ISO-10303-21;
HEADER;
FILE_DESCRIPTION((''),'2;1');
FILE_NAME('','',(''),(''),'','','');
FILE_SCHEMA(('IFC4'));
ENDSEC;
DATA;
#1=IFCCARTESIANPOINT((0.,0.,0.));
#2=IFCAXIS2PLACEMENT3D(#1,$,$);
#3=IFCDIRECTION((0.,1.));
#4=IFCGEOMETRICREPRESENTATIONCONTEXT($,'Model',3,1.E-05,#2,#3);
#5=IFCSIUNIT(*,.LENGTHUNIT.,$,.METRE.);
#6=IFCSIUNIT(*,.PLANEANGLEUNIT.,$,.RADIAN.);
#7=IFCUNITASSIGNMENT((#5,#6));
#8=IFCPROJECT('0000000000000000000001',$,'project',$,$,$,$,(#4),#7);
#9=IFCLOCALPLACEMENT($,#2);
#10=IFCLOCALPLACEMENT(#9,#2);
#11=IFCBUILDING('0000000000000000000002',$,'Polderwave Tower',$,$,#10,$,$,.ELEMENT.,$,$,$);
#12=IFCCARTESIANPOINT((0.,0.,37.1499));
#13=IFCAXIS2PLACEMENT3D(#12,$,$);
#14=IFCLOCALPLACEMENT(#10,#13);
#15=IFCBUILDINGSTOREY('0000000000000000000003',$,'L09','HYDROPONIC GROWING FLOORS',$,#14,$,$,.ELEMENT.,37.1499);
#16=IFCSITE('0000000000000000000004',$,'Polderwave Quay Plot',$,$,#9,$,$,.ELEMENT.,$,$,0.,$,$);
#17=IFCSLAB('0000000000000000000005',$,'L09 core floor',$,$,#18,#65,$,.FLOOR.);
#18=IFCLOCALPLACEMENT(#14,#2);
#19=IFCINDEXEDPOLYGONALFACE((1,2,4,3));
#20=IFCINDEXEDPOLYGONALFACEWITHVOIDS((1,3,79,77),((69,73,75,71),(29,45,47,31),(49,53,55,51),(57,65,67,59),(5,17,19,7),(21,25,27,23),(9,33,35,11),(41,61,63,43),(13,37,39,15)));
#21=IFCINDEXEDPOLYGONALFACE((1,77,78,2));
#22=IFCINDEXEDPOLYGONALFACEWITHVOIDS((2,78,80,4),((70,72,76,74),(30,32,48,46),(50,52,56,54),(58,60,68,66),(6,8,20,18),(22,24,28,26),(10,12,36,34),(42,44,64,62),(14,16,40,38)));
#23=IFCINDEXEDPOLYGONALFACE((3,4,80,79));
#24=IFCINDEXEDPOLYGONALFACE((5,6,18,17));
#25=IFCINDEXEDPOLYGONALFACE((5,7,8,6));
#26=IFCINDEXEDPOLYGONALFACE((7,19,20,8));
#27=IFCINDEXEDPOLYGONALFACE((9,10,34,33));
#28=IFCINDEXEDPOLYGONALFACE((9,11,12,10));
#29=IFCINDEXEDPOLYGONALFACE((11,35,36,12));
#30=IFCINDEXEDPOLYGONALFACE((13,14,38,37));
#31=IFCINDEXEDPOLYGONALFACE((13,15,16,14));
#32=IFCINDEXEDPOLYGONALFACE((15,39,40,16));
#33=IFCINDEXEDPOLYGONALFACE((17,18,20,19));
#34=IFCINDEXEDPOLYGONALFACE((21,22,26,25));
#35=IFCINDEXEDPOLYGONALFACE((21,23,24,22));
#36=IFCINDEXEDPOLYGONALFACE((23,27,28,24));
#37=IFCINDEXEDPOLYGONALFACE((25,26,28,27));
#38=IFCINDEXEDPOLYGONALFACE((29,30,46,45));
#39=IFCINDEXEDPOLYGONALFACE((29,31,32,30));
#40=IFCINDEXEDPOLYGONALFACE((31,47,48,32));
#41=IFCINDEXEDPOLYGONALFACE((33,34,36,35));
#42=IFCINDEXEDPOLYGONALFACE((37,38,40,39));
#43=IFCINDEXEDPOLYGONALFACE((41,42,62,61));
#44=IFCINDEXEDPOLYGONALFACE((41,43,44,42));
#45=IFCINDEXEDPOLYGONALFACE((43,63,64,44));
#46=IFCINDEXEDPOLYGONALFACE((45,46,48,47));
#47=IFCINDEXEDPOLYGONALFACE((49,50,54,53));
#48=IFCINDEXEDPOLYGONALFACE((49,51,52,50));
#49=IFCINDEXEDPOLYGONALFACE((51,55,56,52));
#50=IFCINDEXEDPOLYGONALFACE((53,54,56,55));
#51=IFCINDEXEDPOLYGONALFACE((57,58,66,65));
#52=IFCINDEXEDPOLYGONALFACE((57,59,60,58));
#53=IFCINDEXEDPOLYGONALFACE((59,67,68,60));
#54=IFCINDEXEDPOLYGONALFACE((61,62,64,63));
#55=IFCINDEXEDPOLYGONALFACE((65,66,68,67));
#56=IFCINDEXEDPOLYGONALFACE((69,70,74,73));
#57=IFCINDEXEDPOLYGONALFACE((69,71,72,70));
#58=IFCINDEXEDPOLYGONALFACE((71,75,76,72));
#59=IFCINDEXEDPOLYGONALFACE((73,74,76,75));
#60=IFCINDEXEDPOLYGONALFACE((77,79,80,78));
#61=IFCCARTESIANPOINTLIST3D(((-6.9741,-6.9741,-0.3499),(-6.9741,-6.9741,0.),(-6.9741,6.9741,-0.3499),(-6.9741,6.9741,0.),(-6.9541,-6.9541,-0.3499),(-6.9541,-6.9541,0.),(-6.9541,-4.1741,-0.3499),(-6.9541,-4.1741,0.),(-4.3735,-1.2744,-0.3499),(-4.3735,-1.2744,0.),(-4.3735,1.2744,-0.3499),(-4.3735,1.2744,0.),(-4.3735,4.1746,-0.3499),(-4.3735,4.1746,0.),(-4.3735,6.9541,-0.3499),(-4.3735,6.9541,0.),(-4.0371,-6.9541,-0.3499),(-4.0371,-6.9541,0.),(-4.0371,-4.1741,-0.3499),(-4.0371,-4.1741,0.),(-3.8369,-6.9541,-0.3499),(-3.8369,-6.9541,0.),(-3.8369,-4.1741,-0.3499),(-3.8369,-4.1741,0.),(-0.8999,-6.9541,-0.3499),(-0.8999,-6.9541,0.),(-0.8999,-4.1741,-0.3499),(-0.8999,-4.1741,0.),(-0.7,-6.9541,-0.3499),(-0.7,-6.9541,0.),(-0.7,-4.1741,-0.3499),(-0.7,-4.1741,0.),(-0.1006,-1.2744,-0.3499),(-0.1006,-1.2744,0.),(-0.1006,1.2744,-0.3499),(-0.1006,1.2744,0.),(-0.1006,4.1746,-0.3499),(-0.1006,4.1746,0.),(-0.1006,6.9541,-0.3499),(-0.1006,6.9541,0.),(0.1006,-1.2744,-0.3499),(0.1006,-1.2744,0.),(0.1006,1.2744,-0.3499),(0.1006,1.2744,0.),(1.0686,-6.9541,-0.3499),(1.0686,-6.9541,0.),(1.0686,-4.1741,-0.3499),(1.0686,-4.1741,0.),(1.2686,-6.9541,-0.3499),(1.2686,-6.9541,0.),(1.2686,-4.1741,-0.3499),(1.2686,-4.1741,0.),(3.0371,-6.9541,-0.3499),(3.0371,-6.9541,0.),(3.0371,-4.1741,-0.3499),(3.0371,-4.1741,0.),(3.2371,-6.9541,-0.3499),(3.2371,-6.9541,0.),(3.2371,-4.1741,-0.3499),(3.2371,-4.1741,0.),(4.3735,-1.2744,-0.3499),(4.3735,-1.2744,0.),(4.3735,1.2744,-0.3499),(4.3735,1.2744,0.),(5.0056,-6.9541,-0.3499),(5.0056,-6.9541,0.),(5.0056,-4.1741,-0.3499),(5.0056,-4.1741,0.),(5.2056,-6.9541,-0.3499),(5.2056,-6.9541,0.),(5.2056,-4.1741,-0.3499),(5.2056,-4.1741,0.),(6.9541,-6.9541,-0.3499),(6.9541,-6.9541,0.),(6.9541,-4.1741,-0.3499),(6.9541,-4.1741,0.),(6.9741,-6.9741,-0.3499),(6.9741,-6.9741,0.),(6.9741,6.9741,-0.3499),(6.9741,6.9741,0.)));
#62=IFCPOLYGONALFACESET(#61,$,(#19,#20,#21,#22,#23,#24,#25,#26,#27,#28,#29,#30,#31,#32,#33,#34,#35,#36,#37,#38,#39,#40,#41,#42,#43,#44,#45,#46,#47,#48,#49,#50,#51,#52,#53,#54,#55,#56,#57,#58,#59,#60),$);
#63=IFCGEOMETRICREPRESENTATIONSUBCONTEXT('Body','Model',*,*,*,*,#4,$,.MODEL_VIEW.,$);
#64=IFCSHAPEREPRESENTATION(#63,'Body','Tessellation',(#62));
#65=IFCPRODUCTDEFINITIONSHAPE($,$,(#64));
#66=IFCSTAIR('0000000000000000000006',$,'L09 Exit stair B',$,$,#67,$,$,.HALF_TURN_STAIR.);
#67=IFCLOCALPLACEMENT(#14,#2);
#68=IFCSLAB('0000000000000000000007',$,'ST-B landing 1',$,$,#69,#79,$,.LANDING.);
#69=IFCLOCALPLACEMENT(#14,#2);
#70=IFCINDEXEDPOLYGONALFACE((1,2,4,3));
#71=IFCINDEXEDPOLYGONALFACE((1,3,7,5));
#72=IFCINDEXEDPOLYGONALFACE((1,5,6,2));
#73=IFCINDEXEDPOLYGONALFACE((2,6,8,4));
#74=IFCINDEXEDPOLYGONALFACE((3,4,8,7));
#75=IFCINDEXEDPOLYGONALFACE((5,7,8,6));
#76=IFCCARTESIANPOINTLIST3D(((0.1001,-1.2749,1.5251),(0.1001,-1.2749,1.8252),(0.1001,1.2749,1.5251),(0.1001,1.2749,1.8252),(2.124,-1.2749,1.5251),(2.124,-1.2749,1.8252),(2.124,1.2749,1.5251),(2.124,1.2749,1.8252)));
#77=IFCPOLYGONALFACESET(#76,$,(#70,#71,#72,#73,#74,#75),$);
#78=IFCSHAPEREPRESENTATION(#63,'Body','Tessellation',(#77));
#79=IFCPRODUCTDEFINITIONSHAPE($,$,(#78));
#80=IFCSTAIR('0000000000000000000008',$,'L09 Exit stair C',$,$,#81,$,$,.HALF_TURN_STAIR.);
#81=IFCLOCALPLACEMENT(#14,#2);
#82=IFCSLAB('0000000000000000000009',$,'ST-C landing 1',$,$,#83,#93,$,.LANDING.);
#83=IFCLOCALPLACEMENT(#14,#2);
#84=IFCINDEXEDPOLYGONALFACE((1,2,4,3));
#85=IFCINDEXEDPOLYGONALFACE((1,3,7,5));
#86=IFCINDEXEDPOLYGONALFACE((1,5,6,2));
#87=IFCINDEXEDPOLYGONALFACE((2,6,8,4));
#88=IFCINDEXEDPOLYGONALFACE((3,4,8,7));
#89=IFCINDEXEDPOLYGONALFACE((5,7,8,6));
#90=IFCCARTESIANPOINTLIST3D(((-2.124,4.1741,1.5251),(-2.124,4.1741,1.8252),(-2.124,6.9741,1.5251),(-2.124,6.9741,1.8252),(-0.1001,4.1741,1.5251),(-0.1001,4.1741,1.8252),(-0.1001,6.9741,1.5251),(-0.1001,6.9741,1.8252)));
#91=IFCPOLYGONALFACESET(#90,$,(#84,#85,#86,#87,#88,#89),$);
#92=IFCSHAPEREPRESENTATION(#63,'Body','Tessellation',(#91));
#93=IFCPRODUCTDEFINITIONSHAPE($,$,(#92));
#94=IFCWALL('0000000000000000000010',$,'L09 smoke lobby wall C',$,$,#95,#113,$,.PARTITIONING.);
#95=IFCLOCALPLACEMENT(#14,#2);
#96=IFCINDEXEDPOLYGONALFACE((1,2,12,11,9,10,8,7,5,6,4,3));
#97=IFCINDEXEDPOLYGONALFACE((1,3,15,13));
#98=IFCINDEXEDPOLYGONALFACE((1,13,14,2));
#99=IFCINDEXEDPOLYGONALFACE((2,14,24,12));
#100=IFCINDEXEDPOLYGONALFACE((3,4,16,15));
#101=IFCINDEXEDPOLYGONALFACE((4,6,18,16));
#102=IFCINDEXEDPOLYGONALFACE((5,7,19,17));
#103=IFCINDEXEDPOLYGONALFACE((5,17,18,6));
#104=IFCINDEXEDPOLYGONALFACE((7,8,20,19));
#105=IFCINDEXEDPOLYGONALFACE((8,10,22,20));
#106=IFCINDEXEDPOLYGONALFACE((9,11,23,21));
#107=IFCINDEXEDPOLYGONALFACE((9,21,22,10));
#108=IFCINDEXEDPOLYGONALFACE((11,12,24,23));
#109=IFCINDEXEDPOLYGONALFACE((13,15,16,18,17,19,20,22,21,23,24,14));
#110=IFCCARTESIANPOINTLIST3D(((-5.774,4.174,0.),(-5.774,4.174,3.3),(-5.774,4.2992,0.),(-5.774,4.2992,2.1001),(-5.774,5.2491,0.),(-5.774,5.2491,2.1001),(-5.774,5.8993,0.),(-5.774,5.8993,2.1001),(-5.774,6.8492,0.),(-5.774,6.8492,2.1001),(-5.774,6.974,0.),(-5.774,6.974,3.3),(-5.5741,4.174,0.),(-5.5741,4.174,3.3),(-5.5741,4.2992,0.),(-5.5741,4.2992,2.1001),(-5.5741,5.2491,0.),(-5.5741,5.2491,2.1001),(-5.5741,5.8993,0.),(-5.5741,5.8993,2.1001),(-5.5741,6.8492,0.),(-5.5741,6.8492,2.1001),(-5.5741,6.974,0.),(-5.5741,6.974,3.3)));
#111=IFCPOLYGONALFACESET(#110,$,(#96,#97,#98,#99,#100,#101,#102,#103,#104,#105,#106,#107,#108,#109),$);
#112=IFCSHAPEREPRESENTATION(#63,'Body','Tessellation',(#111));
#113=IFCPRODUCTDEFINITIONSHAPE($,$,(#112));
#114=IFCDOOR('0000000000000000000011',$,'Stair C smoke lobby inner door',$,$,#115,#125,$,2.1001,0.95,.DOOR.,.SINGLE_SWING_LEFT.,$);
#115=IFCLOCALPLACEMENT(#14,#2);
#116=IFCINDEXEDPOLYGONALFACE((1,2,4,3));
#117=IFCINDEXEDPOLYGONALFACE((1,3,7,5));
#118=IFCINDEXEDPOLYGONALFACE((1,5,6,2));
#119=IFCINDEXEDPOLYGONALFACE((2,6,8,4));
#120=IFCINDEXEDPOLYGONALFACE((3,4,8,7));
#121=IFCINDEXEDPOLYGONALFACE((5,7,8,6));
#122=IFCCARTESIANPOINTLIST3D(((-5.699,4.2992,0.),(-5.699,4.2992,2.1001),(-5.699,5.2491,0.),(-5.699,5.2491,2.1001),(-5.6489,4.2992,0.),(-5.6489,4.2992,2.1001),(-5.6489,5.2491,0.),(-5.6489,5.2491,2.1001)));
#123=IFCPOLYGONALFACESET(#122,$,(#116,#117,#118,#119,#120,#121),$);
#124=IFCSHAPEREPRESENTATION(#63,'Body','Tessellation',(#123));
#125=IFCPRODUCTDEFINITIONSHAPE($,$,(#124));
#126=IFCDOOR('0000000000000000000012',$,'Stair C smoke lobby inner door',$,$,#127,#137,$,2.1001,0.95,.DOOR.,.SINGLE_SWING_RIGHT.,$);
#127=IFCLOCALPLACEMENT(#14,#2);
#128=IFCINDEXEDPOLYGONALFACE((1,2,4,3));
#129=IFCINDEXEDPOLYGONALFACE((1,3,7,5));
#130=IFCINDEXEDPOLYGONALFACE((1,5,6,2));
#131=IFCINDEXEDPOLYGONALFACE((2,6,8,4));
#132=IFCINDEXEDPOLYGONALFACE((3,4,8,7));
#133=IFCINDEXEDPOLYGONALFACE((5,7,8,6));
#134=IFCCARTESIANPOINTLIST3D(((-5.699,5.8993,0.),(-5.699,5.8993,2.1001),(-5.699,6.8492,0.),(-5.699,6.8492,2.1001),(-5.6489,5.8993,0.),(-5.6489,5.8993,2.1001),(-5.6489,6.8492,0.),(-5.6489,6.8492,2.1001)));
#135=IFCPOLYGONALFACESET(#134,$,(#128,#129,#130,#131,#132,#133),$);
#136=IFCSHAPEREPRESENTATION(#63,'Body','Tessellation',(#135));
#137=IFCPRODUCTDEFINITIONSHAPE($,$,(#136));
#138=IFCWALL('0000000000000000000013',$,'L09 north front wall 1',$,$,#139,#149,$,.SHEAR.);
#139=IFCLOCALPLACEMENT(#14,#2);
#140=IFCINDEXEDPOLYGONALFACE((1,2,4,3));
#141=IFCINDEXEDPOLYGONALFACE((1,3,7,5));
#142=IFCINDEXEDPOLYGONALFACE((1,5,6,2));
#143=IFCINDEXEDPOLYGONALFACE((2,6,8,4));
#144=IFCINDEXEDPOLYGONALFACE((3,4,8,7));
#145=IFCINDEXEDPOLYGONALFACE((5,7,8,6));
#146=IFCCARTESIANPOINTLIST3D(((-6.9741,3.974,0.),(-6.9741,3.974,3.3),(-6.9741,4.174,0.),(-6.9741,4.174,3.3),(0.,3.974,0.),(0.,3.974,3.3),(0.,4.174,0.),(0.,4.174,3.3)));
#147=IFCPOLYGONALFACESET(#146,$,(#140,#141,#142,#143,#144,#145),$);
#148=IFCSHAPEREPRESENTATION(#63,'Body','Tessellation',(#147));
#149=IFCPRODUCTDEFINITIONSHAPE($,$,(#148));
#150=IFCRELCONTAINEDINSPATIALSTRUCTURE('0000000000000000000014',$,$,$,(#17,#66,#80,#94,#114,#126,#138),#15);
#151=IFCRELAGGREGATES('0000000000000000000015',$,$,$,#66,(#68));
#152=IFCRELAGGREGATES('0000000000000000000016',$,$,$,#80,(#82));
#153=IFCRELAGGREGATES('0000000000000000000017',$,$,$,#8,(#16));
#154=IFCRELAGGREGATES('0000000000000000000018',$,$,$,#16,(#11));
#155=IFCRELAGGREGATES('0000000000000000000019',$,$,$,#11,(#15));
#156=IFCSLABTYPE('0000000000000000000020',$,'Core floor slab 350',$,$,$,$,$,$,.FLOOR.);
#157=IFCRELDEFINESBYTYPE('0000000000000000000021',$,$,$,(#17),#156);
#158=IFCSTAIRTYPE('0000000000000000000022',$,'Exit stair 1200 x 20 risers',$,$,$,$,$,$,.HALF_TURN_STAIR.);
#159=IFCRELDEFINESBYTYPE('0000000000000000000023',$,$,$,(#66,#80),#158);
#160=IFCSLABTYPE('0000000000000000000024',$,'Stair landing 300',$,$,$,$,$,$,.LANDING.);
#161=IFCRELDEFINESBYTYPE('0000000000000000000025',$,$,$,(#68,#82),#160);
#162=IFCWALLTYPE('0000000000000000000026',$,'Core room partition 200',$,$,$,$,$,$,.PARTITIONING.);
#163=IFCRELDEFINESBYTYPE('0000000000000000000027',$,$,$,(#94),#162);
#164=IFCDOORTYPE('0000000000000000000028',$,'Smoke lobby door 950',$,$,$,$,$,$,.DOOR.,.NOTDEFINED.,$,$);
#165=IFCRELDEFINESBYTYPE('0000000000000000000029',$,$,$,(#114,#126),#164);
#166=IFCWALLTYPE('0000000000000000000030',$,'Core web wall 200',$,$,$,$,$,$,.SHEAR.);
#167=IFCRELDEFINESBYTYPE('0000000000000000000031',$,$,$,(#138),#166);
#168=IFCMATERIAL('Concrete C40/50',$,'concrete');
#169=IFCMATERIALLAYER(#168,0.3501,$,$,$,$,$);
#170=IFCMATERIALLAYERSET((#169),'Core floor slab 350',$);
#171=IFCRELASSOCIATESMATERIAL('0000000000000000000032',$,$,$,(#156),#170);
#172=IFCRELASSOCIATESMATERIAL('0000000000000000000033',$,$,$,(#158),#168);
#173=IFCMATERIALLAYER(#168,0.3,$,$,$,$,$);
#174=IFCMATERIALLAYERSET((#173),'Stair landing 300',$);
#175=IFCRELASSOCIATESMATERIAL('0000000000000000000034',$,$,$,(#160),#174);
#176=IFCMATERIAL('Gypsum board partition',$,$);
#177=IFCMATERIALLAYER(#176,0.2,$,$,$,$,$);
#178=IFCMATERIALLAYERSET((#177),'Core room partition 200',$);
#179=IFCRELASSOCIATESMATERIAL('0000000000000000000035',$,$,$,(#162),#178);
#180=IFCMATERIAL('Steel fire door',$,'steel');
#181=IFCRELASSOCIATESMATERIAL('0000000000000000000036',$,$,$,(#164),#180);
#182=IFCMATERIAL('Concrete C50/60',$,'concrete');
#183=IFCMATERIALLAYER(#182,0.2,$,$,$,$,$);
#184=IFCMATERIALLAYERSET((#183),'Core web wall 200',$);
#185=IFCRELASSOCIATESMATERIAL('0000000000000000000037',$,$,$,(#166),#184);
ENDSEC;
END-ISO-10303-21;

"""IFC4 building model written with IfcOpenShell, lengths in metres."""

from ifc_helpers import new_model, si_unit, direction, frame, frame_2d, origin, place, context, subcontext, project, spatial, polyline, rectangle, outline, extrude, material, layer, layer_set, type_object, element, fill, aggregate, save


model = new_model("IFC4")

# Units and contexts
model_context = context("Model", 3, precision=1e-05, world=origin(), true_north=direction((0.0, 1.0)))
body_context = subcontext(model_context, "Body", "Model", "MODEL_VIEW")
ifc_project = project(units=[si_unit("LENGTHUNIT", "METRE"), si_unit("PLANEANGLEUNIT", "RADIAN")], contexts=[model_context])

# Site, building, storey
site_placement = place(None, origin())
site = spatial("IfcSite", under=ifc_project, at=site_placement, Name="Polderwave Quay Plot", CompositionType="ELEMENT", RefElevation=0.0)
building_placement = place(site_placement, origin())
building = spatial("IfcBuilding", under=site, at=building_placement, Name="Polderwave Tower", CompositionType="ELEMENT")
storey_placement = place(building_placement, frame((0.0, 0.0, 37.1499)))
storey = spatial("IfcBuildingStorey", under=building, at=storey_placement, Name="L09", Description="HYDROPONIC GROWING FLOORS", CompositionType="ELEMENT", Elevation=37.1499)

# Slab
ifc_material_1 = material(Name="Concrete C40/50", Category="concrete")
ifc_layer_1 = layer(ifc_material_1, 0.3501)
ifc_layer_set_1 = layer_set([ifc_layer_1], Name="Core floor slab 350")
slab_type_1 = type_object("IfcSlabType", Name="Core floor slab 350", PredefinedType="FLOOR", material=ifc_layer_set_1)
slab_1_placement = place(storey_placement, frame((0.0, 0.0, -0.3499)))
element("IfcSlab", 1, at=slab_1_placement, inside=storey, type_object=slab_type_1, Name="L09 core floor", PredefinedType="FLOOR", context=body_context, shape_type="SweptSolid", body=[
    extrude(outline(polyline([(-6.9741, -6.9741), (6.9741, -6.9741), (6.9741, 6.9741), (-6.9741, 6.9741), (-6.9741, -6.9741)]), holes=[polyline([(-6.9541, -6.9541), (-4.0371, -6.9541), (-4.0371, -4.1741), (-6.9541, -4.1741), (-6.9541, -6.9541)]), polyline([(-3.8369, -6.9541), (-0.8999, -6.9541), (-0.8999, -4.1741), (-3.8369, -4.1741), (-3.8369, -6.9541)]), polyline([(-0.7, -6.9541), (1.0686, -6.9541), (1.0686, -4.1741), (-0.7, -4.1741), (-0.7, -6.9541)]), polyline([(1.2686, -6.9541), (3.0371, -6.9541), (3.0371, -4.1741), (1.2686, -4.1741), (1.2686, -6.9541)]), polyline([(3.2371, -6.9541), (5.0056, -6.9541), (5.0056, -4.1741), (3.2371, -4.1741), (3.2371, -6.9541)]), polyline([(5.2056, -6.9541), (6.9541, -6.9541), (6.9541, -4.1741), (5.2056, -4.1741), (5.2056, -6.9541)]), polyline([(-4.3735, -1.2744), (-0.1006, -1.2744), (-0.1006, 1.2744), (-4.3735, 1.2744), (-4.3735, -1.2744)]), polyline([(0.1006, -1.2744), (4.3735, -1.2744), (4.3735, 1.2744), (0.1006, 1.2744), (0.1006, -1.2744)]), polyline([(-4.3735, 4.1746), (-0.1006, 4.1746), (-0.1006, 6.9541), (-4.3735, 6.9541), (-4.3735, 4.1746)])]), origin(), (0.0, 0.0, 1.0), 0.3499),
])

# Stairs, slabs
stair_type = type_object("IfcStairType", Name="Exit stair 1200 x 20 risers", PredefinedType="HALF_TURN_STAIR", material=ifc_material_1)
stair_1_placement = place(storey_placement, origin())
stair_1 = element("IfcStair", 2, at=stair_1_placement, inside=storey, type_object=stair_type, Name="L09 Exit stair B", PredefinedType="HALF_TURN_STAIR")
ifc_layer_2 = layer(ifc_material_1, 0.3)
ifc_layer_set_2 = layer_set([ifc_layer_2], Name="Stair landing 300")
slab_type_2 = type_object("IfcSlabType", Name="Stair landing 300", PredefinedType="LANDING", material=ifc_layer_set_2)
slab_2_placement = place(storey_placement, frame((0.0, 0.0, 1.5251)))
slab_2 = element("IfcSlab", 3, at=slab_2_placement, type_object=slab_type_2, Name="ST-B landing 1", PredefinedType="LANDING", context=body_context, shape_type="SweptSolid", body=[
    extrude(outline(polyline([(2.124, 1.2749), (0.1001, 1.2749), (0.1001, -1.2749), (2.124, -1.2749), (2.124, 1.2749)])), origin(), (0.0, 0.0, 1.0), 0.3),
])
aggregate(stair_1, [slab_2])
stair_2_placement = place(storey_placement, origin())
stair_2 = element("IfcStair", 4, at=stair_2_placement, inside=storey, type_object=stair_type, Name="L09 Exit stair C", PredefinedType="HALF_TURN_STAIR")
slab_3_placement = place(storey_placement, frame((0.0, 0.0, 1.5251)))
slab_3 = element("IfcSlab", 5, at=slab_3_placement, type_object=slab_type_2, Name="ST-C landing 1", PredefinedType="LANDING", context=body_context, shape_type="SweptSolid", body=[
    extrude(outline(polyline([(-2.124, 4.1741), (-0.1001, 4.1741), (-0.1001, 6.9741), (-2.124, 6.9741), (-2.124, 4.1741)])), origin(), (0.0, 0.0, 1.0), 0.3),
])

# Wall, openings, doors
ifc_material_2 = material(Name="Gypsum board partition")
ifc_layer_3 = layer(ifc_material_2, 0.2)
ifc_layer_set_3 = layer_set([ifc_layer_3], Name="Core room partition 200")
wall_type_1 = type_object("IfcWallType", Name="Core room partition 200", PredefinedType="PARTITIONING", material=ifc_layer_set_3)
wall_1_placement = place(storey_placement, frame((-5.6741, 4.1741, 0.0), z_axis=(0.0, 0.0, 1.0), x_axis=(0.0, 1.0, 0.0)))
wall_1 = element("IfcWall", 6, at=wall_1_placement, inside=storey, type_object=wall_type_1, Name="L09 smoke lobby wall C", PredefinedType="PARTITIONING", context=body_context, shape_type="SweptSolid", body=[
    extrude(rectangle(XDim=2.8, YDim=0.2, at=frame_2d((1.3999, 0.0))), origin(), (0.0, 0.0, 1.0), 3.3),
])
opening_1_placement = place(wall_1_placement, frame((0.125, 0.0, 0.0)))
opening_1 = element("IfcOpeningElement", 7, at=opening_1_placement, cuts=wall_1, PredefinedType="OPENING", context=body_context, shape_type="SweptSolid", body=[
    extrude(rectangle(XDim=0.95, YDim=2.1001, at=frame_2d((0.4751, 1.05))), frame((0.0, 0.1099, 0.0), z_axis=(0.0, -1.0, 0.0), x_axis=(1.0, 0.0, 0.0)), (0.0, 0.0, 1.0), 0.22),
])
opening_2_placement = place(wall_1_placement, frame((1.7251, 0.0, 0.0)))
opening_2 = element("IfcOpeningElement", 8, at=opening_2_placement, cuts=wall_1, PredefinedType="OPENING", context=body_context, shape_type="SweptSolid", body=[
    extrude(rectangle(XDim=0.95, YDim=2.1001, at=frame_2d((0.4751, 1.05))), frame((0.0, 0.1099, 0.0), z_axis=(0.0, -1.0, 0.0), x_axis=(1.0, 0.0, 0.0)), (0.0, 0.0, 1.0), 0.22),
])
ifc_material_3 = material(Name="Steel fire door", Category="steel")
door_type_1 = type_object("IfcDoorType", Name="Smoke lobby door 950", OperationType="NOTDEFINED", PredefinedType="DOOR", material=ifc_material_3)
door_1_placement = place(opening_1_placement, origin())
door_1 = element("IfcDoor", 9, at=door_1_placement, inside=storey, type_object=door_type_1, Name="Stair C smoke lobby inner door", OperationType="SINGLE_SWING_LEFT", OverallHeight=2.1001, OverallWidth=0.95, PredefinedType="DOOR", context=body_context, shape_type="SweptSolid", body=[
    extrude(rectangle(XDim=0.95, YDim=2.1001, at=frame_2d((0.4751, 1.05))), frame((0.0, 0.0249, 0.0), z_axis=(0.0, -1.0, 0.0), x_axis=(1.0, 0.0, 0.0)), (0.0, 0.0, 1.0), 0.05),
])
fill(opening_1, door_1)
door_2_placement = place(opening_2_placement, origin())
door_2 = element("IfcDoor", 10, at=door_2_placement, inside=storey, type_object=door_type_1, Name="Stair C smoke lobby inner door", OperationType="SINGLE_SWING_RIGHT", OverallHeight=2.1001, OverallWidth=0.95, PredefinedType="DOOR", context=body_context, shape_type="SweptSolid", body=[
    extrude(rectangle(XDim=0.95, YDim=2.1001, at=frame_2d((0.4751, 1.05))), frame((0.0, 0.0249, 0.0), z_axis=(0.0, -1.0, 0.0), x_axis=(1.0, 0.0, 0.0)), (0.0, 0.0, 1.0), 0.05),
])
fill(opening_2, door_2)

# Wall
ifc_material_4 = material(Name="Concrete C50/60", Category="concrete")
ifc_layer_4 = layer(ifc_material_4, 0.2)
ifc_layer_set_4 = layer_set([ifc_layer_4], Name="Core web wall 200")
wall_type_2 = type_object("IfcWallType", Name="Core web wall 200", PredefinedType="SHEAR", material=ifc_layer_set_4)
wall_2_placement = place(storey_placement, frame((-6.9741, 4.074, 0.0), z_axis=(0.0, 0.0, 1.0), x_axis=(1.0, 0.0, 0.0)))
element("IfcWall", 11, at=wall_2_placement, inside=storey, type_object=wall_type_2, Name="L09 north front wall 1", PredefinedType="SHEAR", context=body_context, shape_type="SweptSolid", body=[
    extrude(rectangle(XDim=6.9741, YDim=0.2, at=frame_2d((3.4871, 0.0))), origin(), (0.0, 0.0, 1.0), 3.3),
])

aggregate(stair_2, [slab_3])

save(model, "model.ifc")
